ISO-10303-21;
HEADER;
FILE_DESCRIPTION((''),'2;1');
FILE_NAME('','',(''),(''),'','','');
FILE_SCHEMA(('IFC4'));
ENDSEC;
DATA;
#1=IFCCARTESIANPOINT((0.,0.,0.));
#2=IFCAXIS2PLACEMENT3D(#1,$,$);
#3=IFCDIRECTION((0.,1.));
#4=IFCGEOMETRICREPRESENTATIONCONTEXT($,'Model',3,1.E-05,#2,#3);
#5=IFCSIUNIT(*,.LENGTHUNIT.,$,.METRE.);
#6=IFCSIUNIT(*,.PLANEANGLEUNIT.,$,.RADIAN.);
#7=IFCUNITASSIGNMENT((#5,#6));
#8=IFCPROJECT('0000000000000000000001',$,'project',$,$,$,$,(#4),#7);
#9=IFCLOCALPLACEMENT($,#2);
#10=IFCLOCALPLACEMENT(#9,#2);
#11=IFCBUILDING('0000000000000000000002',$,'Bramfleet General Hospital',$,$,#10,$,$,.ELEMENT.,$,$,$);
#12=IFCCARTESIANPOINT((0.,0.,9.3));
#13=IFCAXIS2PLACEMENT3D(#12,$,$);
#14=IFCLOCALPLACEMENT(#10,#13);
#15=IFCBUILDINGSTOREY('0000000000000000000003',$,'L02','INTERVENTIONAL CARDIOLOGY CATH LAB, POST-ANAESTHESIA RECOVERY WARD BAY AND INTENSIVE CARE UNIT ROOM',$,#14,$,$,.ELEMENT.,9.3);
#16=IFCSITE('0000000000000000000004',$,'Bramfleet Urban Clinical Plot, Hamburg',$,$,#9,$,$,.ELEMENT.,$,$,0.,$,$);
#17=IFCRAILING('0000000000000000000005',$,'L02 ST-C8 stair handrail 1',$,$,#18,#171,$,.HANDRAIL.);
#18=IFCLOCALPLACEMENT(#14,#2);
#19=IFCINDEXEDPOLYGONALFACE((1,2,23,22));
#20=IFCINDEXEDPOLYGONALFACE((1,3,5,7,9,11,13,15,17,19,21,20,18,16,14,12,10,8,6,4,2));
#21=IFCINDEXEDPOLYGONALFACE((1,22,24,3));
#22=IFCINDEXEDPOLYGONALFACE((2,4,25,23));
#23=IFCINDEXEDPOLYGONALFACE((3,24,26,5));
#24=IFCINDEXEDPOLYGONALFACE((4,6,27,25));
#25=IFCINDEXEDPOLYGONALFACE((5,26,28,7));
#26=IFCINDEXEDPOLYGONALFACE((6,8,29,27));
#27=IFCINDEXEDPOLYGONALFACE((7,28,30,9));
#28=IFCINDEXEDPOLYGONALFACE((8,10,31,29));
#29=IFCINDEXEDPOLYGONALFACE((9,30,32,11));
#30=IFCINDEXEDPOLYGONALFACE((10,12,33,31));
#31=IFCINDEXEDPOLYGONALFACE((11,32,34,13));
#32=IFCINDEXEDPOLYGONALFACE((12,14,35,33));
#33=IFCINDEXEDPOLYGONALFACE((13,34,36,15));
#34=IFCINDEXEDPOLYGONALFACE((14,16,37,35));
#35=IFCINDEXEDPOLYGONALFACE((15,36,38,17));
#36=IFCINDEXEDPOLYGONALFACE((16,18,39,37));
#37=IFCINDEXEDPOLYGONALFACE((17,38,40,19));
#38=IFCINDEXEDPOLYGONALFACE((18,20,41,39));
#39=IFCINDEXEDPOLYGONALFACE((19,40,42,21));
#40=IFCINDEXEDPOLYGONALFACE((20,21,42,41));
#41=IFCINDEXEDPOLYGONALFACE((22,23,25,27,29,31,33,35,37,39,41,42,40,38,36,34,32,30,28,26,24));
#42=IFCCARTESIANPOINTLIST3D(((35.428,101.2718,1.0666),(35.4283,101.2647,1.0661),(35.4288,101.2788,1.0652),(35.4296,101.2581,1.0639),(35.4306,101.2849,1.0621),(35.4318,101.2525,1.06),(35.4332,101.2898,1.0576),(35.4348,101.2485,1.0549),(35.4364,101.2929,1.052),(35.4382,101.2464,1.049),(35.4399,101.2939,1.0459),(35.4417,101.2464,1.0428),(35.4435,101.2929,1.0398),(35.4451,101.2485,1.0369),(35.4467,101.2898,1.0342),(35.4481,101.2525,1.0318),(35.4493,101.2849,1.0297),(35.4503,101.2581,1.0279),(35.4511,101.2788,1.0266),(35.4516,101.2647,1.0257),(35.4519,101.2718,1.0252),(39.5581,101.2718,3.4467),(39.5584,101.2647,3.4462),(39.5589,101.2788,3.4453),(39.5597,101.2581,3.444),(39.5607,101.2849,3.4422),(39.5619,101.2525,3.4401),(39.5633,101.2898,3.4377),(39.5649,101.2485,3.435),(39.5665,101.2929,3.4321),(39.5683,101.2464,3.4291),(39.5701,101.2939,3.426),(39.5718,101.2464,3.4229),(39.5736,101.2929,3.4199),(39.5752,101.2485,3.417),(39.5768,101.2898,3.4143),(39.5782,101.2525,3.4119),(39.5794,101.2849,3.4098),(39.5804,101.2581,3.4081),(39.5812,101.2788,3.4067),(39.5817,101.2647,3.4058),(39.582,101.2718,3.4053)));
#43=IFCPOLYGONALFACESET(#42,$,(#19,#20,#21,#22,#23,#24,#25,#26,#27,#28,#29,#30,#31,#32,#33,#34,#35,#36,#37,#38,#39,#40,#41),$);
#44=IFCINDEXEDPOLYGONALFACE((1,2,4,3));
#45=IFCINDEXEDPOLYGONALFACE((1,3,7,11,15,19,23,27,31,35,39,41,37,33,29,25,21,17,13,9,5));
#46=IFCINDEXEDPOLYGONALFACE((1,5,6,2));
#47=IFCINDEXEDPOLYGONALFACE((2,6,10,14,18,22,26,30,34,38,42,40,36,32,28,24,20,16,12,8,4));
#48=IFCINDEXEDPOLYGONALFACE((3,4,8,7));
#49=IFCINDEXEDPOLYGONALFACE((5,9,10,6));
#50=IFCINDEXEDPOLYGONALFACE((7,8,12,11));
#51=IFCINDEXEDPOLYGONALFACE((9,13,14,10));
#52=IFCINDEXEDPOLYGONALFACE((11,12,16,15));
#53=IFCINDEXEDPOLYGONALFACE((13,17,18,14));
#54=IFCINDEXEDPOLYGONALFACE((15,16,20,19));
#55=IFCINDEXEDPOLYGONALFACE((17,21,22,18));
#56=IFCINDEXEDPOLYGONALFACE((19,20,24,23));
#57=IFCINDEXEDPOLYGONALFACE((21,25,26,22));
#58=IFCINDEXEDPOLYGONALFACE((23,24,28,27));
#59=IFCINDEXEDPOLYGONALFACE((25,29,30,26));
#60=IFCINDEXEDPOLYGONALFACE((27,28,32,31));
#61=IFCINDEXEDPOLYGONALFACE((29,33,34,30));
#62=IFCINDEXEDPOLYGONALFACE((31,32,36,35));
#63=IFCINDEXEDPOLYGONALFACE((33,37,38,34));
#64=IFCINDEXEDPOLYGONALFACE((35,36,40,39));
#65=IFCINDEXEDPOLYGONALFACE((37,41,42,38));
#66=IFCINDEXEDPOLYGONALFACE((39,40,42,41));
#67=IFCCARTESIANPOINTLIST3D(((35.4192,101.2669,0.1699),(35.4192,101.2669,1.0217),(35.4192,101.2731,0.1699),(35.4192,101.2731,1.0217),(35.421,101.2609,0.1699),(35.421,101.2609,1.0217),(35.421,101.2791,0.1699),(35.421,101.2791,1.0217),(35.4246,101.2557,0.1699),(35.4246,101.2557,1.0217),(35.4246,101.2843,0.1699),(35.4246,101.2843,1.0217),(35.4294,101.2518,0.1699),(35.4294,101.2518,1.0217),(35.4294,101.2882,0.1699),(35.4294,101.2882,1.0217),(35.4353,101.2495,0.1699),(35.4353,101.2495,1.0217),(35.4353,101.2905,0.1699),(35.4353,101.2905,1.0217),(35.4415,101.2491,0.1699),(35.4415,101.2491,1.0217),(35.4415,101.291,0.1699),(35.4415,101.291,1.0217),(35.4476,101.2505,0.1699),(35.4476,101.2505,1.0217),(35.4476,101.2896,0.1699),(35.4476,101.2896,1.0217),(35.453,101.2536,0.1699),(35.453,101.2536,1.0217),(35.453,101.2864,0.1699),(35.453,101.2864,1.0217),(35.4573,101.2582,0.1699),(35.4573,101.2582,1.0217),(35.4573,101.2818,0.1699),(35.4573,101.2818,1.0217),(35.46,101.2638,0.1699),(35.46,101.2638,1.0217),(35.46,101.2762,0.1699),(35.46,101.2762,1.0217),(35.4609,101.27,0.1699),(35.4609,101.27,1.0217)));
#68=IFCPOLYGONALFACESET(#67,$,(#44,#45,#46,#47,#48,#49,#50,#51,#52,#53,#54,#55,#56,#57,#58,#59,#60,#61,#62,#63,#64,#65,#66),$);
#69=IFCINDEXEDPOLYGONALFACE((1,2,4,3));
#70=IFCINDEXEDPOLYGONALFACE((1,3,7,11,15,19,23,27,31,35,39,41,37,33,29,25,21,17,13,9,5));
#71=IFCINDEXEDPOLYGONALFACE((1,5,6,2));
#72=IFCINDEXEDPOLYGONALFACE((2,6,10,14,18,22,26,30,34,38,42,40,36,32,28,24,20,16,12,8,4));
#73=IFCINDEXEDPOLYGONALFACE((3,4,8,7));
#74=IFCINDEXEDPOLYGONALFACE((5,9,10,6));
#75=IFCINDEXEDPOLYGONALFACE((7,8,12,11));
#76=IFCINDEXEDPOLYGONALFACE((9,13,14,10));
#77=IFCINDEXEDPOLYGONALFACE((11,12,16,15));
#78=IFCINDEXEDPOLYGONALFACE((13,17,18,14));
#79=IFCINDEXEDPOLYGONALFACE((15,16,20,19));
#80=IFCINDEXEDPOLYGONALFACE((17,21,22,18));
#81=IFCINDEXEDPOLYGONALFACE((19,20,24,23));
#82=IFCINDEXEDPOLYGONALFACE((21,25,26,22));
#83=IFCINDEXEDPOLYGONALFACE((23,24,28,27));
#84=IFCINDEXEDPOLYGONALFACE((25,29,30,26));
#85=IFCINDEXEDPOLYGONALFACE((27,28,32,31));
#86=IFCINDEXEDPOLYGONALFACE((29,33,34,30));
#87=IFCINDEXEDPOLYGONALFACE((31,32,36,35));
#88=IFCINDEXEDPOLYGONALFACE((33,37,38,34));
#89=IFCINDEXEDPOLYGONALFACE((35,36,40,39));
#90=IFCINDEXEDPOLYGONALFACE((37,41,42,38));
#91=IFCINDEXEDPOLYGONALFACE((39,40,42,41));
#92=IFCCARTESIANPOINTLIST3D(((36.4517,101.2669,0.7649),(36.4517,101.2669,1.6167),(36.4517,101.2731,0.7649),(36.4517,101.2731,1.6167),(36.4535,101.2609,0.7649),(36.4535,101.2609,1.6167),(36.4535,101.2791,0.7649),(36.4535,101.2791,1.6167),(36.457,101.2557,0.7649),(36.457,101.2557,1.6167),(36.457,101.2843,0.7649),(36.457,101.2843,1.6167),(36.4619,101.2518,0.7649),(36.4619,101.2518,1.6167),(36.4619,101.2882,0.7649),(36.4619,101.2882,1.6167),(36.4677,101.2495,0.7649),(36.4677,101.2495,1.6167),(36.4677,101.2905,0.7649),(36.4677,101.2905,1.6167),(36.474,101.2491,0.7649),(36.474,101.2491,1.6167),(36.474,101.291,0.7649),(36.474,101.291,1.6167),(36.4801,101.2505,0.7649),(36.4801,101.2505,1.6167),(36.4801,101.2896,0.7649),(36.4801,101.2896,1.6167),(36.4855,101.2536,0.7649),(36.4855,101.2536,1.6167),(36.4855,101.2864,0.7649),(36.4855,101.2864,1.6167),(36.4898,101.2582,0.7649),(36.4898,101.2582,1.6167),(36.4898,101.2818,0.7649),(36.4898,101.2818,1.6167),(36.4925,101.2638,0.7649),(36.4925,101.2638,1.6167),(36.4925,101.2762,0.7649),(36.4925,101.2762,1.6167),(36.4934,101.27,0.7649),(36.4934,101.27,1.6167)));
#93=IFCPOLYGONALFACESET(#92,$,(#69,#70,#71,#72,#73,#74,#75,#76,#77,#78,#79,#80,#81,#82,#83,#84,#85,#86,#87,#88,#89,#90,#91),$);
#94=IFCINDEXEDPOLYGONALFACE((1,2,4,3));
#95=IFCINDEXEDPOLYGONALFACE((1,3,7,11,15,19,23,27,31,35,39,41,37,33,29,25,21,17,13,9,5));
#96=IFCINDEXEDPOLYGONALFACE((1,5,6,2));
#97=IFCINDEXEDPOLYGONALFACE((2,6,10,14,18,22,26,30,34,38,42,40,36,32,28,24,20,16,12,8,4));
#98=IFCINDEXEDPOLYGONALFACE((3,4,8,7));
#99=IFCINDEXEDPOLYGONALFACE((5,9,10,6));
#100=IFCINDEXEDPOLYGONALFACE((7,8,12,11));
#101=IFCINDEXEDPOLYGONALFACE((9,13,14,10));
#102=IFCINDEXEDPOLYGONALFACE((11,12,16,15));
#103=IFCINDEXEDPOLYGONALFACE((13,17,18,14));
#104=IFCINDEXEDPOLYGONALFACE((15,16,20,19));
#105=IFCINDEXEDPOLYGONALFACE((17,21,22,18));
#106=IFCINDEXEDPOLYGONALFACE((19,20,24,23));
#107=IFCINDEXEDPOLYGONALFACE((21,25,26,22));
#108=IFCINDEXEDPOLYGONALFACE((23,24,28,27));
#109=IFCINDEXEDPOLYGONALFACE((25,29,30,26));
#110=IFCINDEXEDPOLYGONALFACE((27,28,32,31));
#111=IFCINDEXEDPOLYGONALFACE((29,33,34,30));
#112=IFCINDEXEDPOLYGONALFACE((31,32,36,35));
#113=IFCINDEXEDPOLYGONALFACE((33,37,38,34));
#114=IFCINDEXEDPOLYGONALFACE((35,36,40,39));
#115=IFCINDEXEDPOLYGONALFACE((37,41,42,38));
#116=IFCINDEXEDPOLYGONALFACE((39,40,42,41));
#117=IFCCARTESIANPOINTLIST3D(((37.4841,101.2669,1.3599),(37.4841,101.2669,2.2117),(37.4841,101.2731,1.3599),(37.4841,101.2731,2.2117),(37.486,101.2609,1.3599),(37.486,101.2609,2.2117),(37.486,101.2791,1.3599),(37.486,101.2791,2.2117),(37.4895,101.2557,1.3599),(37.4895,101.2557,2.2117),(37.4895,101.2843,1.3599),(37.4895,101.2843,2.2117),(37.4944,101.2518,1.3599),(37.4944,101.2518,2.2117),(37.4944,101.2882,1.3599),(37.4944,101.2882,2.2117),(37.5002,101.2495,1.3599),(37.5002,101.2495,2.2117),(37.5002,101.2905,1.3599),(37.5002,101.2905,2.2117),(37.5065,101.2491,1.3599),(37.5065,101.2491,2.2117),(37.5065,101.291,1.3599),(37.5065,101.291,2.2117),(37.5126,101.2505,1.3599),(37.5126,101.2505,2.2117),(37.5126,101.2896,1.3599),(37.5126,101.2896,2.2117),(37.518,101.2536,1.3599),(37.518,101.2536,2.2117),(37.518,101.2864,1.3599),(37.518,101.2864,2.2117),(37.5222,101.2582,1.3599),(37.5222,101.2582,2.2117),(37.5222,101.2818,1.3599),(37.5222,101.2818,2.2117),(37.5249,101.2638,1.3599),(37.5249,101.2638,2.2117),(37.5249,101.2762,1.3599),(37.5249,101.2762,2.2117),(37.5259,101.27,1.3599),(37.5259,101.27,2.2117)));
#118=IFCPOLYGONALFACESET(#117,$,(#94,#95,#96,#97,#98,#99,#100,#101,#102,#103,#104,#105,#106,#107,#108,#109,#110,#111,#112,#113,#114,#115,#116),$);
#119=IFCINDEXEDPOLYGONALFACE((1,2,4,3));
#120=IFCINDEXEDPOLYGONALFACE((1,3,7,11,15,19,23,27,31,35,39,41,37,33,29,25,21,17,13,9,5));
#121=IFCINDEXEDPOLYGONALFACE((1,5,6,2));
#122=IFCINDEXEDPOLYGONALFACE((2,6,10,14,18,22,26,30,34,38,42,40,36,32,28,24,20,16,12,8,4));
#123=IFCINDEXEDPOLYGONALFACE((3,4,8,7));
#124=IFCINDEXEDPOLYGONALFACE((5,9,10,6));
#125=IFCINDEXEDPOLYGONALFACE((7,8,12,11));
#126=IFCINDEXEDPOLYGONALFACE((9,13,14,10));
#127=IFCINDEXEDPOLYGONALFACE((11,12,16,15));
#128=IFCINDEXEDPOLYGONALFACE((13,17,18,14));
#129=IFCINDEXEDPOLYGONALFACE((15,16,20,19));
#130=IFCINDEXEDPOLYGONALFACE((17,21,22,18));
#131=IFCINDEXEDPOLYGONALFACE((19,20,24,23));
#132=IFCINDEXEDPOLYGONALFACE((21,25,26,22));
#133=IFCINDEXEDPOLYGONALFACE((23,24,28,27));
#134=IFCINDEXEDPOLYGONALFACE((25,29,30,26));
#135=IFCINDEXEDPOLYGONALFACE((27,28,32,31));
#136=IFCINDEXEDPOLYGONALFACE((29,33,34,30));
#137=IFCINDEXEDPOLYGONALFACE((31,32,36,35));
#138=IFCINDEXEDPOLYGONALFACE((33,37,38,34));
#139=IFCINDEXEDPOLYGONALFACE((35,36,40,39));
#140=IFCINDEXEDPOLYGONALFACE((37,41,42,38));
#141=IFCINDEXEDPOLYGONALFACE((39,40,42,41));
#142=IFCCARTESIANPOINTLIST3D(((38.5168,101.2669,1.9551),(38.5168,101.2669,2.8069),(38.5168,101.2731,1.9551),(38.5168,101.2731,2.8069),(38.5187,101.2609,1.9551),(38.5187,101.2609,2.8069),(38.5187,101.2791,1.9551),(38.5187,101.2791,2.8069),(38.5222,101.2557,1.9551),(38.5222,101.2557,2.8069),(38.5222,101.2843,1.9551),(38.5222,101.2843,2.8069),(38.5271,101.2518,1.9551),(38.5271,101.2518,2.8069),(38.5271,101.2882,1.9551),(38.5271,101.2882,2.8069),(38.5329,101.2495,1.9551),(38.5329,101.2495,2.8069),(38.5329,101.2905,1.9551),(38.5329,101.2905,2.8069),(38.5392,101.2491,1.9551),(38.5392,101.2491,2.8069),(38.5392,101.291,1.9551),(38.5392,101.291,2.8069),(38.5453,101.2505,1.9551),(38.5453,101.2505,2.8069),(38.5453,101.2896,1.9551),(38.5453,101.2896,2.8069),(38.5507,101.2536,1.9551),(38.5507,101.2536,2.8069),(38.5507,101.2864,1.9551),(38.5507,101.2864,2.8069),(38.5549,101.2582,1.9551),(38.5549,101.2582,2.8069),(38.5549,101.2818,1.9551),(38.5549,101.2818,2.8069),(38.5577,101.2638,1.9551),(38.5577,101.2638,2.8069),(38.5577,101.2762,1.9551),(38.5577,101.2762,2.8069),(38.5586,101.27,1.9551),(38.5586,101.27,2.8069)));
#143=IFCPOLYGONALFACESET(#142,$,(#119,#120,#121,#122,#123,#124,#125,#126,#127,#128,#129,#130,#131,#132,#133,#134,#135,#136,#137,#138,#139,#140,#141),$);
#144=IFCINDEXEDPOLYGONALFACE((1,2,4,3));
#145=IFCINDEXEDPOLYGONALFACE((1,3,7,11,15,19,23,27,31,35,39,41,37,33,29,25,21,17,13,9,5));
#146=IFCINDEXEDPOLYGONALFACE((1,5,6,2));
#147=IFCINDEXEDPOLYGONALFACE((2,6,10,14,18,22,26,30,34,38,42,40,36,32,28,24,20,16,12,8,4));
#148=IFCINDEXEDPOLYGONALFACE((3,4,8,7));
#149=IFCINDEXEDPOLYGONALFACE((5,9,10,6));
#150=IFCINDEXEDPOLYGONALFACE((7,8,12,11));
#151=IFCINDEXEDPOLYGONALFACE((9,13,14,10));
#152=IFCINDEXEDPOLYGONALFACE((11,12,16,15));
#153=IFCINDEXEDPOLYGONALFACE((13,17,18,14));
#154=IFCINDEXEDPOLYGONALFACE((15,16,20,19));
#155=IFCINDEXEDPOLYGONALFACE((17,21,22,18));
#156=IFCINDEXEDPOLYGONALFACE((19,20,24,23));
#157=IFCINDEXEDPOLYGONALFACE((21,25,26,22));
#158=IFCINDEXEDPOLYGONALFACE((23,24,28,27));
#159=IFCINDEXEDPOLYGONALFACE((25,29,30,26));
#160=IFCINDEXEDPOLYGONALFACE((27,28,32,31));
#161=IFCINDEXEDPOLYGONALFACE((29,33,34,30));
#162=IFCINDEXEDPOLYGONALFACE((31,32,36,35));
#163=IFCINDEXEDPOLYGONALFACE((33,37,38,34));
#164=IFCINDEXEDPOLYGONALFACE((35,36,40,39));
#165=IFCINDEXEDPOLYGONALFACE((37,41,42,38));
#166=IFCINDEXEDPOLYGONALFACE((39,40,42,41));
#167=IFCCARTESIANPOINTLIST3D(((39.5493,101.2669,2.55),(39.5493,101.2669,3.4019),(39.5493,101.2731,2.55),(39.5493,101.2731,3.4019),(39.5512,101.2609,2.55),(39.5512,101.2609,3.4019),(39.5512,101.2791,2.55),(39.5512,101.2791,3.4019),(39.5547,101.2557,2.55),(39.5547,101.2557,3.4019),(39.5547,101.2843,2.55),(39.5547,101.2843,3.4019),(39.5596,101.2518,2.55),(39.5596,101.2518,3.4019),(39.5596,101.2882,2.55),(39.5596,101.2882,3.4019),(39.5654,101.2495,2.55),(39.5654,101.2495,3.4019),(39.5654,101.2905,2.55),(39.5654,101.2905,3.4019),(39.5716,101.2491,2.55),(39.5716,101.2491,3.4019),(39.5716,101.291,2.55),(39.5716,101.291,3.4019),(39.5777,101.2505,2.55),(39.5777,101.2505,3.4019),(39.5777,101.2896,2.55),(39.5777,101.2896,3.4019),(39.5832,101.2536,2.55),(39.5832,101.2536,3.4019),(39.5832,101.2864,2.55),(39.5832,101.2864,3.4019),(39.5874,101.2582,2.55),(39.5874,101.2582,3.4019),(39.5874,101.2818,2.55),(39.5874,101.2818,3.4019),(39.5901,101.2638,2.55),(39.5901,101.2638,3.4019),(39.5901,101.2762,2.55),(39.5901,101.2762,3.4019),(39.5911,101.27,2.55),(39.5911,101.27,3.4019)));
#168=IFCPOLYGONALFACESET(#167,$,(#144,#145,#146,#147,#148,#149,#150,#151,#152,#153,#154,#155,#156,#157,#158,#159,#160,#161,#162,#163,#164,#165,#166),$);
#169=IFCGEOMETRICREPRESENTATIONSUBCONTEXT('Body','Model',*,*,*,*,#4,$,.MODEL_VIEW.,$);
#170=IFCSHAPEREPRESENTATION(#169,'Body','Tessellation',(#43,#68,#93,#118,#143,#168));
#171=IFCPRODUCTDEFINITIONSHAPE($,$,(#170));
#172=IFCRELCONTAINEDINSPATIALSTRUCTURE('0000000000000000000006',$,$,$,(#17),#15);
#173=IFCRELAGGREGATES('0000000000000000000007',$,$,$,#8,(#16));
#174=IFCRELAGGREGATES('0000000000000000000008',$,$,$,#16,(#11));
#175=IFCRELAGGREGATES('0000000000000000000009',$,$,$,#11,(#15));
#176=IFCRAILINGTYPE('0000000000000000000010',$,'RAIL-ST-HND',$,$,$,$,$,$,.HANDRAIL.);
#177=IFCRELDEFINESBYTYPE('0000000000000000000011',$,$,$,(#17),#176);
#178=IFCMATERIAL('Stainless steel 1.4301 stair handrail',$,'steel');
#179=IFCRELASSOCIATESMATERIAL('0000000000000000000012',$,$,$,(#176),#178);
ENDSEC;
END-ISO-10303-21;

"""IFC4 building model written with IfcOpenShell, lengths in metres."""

from ifc_helpers import new_model, si_unit, direction, frame, origin, origin_2d, place, context, subcontext, project, spatial, circle, extrude, material, type_object, element, save


model = new_model("IFC4")

# Units and contexts
model_context = context("Model", 3, precision=1e-05, world=origin(), true_north=direction((0.0, 1.0)))
body_context = subcontext(model_context, "Body", "Model", "MODEL_VIEW")
ifc_project = project(units=[si_unit("LENGTHUNIT", "METRE"), si_unit("PLANEANGLEUNIT", "RADIAN")], contexts=[model_context])

# Site, building, storey
site_placement = place(None, origin())
site = spatial("IfcSite", under=ifc_project, at=site_placement, Name="Bramfleet Urban Clinical Plot, Hamburg", CompositionType="ELEMENT", RefElevation=0.0)
building_placement = place(site_placement, origin())
building = spatial("IfcBuilding", under=site, at=building_placement, Name="Bramfleet General Hospital", CompositionType="ELEMENT")
storey_placement = place(building_placement, frame((0.0, 0.0, 9.3)))
storey = spatial("IfcBuildingStorey", under=building, at=storey_placement, Name="L02", Description="INTERVENTIONAL CARDIOLOGY CATH LAB, POST-ANAESTHESIA RECOVERY WARD BAY AND INTENSIVE CARE UNIT ROOM", CompositionType="ELEMENT", Elevation=9.3)

# Railing
ifc_material_1 = material(Name="Stainless steel 1.4301 stair handrail", Category="steel")
railing_type_1 = type_object("IfcRailingType", Name="RAIL-ST-HND", PredefinedType="HANDRAIL", material=ifc_material_1)
railing_1_placement = place(storey_placement, frame((35.4399, 101.27, 0.1699)))
element("IfcRailing", 1, at=railing_1_placement, inside=storey, type_object=railing_type_1, Name="L02 ST-C8 stair handrail 1", PredefinedType="HANDRAIL", context=body_context, shape_type="SweptSolid", body=[
    extrude(circle(Radius=0.0239, at=origin_2d()), frame((0.0, 0.0, 0.876), z_axis=(0.866425, 0.0, 0.499307), x_axis=(0.0, 1.0, 0.0)), (0.0, 0.0, 1.0), 4.7668),
    extrude(circle(Radius=0.021, at=origin_2d()), origin(), (0.0, 0.0, 1.0), 0.8518),
    extrude(circle(Radius=0.021, at=origin_2d()), frame((1.0325, 0.0, 0.595)), (0.0, 0.0, 1.0), 0.8518),
    extrude(circle(Radius=0.021, at=origin_2d()), frame((2.0649, 0.0, 1.1899)), (0.0, 0.0, 1.0), 0.8518),
    extrude(circle(Radius=0.021, at=origin_2d()), frame((3.0977, 0.0, 1.7852)), (0.0, 0.0, 1.0), 0.8518),
    extrude(circle(Radius=0.021, at=origin_2d()), frame((4.1301, 0.0, 2.3801)), (0.0, 0.0, 1.0), 0.8518),
])

save(model, "model.ifc")
